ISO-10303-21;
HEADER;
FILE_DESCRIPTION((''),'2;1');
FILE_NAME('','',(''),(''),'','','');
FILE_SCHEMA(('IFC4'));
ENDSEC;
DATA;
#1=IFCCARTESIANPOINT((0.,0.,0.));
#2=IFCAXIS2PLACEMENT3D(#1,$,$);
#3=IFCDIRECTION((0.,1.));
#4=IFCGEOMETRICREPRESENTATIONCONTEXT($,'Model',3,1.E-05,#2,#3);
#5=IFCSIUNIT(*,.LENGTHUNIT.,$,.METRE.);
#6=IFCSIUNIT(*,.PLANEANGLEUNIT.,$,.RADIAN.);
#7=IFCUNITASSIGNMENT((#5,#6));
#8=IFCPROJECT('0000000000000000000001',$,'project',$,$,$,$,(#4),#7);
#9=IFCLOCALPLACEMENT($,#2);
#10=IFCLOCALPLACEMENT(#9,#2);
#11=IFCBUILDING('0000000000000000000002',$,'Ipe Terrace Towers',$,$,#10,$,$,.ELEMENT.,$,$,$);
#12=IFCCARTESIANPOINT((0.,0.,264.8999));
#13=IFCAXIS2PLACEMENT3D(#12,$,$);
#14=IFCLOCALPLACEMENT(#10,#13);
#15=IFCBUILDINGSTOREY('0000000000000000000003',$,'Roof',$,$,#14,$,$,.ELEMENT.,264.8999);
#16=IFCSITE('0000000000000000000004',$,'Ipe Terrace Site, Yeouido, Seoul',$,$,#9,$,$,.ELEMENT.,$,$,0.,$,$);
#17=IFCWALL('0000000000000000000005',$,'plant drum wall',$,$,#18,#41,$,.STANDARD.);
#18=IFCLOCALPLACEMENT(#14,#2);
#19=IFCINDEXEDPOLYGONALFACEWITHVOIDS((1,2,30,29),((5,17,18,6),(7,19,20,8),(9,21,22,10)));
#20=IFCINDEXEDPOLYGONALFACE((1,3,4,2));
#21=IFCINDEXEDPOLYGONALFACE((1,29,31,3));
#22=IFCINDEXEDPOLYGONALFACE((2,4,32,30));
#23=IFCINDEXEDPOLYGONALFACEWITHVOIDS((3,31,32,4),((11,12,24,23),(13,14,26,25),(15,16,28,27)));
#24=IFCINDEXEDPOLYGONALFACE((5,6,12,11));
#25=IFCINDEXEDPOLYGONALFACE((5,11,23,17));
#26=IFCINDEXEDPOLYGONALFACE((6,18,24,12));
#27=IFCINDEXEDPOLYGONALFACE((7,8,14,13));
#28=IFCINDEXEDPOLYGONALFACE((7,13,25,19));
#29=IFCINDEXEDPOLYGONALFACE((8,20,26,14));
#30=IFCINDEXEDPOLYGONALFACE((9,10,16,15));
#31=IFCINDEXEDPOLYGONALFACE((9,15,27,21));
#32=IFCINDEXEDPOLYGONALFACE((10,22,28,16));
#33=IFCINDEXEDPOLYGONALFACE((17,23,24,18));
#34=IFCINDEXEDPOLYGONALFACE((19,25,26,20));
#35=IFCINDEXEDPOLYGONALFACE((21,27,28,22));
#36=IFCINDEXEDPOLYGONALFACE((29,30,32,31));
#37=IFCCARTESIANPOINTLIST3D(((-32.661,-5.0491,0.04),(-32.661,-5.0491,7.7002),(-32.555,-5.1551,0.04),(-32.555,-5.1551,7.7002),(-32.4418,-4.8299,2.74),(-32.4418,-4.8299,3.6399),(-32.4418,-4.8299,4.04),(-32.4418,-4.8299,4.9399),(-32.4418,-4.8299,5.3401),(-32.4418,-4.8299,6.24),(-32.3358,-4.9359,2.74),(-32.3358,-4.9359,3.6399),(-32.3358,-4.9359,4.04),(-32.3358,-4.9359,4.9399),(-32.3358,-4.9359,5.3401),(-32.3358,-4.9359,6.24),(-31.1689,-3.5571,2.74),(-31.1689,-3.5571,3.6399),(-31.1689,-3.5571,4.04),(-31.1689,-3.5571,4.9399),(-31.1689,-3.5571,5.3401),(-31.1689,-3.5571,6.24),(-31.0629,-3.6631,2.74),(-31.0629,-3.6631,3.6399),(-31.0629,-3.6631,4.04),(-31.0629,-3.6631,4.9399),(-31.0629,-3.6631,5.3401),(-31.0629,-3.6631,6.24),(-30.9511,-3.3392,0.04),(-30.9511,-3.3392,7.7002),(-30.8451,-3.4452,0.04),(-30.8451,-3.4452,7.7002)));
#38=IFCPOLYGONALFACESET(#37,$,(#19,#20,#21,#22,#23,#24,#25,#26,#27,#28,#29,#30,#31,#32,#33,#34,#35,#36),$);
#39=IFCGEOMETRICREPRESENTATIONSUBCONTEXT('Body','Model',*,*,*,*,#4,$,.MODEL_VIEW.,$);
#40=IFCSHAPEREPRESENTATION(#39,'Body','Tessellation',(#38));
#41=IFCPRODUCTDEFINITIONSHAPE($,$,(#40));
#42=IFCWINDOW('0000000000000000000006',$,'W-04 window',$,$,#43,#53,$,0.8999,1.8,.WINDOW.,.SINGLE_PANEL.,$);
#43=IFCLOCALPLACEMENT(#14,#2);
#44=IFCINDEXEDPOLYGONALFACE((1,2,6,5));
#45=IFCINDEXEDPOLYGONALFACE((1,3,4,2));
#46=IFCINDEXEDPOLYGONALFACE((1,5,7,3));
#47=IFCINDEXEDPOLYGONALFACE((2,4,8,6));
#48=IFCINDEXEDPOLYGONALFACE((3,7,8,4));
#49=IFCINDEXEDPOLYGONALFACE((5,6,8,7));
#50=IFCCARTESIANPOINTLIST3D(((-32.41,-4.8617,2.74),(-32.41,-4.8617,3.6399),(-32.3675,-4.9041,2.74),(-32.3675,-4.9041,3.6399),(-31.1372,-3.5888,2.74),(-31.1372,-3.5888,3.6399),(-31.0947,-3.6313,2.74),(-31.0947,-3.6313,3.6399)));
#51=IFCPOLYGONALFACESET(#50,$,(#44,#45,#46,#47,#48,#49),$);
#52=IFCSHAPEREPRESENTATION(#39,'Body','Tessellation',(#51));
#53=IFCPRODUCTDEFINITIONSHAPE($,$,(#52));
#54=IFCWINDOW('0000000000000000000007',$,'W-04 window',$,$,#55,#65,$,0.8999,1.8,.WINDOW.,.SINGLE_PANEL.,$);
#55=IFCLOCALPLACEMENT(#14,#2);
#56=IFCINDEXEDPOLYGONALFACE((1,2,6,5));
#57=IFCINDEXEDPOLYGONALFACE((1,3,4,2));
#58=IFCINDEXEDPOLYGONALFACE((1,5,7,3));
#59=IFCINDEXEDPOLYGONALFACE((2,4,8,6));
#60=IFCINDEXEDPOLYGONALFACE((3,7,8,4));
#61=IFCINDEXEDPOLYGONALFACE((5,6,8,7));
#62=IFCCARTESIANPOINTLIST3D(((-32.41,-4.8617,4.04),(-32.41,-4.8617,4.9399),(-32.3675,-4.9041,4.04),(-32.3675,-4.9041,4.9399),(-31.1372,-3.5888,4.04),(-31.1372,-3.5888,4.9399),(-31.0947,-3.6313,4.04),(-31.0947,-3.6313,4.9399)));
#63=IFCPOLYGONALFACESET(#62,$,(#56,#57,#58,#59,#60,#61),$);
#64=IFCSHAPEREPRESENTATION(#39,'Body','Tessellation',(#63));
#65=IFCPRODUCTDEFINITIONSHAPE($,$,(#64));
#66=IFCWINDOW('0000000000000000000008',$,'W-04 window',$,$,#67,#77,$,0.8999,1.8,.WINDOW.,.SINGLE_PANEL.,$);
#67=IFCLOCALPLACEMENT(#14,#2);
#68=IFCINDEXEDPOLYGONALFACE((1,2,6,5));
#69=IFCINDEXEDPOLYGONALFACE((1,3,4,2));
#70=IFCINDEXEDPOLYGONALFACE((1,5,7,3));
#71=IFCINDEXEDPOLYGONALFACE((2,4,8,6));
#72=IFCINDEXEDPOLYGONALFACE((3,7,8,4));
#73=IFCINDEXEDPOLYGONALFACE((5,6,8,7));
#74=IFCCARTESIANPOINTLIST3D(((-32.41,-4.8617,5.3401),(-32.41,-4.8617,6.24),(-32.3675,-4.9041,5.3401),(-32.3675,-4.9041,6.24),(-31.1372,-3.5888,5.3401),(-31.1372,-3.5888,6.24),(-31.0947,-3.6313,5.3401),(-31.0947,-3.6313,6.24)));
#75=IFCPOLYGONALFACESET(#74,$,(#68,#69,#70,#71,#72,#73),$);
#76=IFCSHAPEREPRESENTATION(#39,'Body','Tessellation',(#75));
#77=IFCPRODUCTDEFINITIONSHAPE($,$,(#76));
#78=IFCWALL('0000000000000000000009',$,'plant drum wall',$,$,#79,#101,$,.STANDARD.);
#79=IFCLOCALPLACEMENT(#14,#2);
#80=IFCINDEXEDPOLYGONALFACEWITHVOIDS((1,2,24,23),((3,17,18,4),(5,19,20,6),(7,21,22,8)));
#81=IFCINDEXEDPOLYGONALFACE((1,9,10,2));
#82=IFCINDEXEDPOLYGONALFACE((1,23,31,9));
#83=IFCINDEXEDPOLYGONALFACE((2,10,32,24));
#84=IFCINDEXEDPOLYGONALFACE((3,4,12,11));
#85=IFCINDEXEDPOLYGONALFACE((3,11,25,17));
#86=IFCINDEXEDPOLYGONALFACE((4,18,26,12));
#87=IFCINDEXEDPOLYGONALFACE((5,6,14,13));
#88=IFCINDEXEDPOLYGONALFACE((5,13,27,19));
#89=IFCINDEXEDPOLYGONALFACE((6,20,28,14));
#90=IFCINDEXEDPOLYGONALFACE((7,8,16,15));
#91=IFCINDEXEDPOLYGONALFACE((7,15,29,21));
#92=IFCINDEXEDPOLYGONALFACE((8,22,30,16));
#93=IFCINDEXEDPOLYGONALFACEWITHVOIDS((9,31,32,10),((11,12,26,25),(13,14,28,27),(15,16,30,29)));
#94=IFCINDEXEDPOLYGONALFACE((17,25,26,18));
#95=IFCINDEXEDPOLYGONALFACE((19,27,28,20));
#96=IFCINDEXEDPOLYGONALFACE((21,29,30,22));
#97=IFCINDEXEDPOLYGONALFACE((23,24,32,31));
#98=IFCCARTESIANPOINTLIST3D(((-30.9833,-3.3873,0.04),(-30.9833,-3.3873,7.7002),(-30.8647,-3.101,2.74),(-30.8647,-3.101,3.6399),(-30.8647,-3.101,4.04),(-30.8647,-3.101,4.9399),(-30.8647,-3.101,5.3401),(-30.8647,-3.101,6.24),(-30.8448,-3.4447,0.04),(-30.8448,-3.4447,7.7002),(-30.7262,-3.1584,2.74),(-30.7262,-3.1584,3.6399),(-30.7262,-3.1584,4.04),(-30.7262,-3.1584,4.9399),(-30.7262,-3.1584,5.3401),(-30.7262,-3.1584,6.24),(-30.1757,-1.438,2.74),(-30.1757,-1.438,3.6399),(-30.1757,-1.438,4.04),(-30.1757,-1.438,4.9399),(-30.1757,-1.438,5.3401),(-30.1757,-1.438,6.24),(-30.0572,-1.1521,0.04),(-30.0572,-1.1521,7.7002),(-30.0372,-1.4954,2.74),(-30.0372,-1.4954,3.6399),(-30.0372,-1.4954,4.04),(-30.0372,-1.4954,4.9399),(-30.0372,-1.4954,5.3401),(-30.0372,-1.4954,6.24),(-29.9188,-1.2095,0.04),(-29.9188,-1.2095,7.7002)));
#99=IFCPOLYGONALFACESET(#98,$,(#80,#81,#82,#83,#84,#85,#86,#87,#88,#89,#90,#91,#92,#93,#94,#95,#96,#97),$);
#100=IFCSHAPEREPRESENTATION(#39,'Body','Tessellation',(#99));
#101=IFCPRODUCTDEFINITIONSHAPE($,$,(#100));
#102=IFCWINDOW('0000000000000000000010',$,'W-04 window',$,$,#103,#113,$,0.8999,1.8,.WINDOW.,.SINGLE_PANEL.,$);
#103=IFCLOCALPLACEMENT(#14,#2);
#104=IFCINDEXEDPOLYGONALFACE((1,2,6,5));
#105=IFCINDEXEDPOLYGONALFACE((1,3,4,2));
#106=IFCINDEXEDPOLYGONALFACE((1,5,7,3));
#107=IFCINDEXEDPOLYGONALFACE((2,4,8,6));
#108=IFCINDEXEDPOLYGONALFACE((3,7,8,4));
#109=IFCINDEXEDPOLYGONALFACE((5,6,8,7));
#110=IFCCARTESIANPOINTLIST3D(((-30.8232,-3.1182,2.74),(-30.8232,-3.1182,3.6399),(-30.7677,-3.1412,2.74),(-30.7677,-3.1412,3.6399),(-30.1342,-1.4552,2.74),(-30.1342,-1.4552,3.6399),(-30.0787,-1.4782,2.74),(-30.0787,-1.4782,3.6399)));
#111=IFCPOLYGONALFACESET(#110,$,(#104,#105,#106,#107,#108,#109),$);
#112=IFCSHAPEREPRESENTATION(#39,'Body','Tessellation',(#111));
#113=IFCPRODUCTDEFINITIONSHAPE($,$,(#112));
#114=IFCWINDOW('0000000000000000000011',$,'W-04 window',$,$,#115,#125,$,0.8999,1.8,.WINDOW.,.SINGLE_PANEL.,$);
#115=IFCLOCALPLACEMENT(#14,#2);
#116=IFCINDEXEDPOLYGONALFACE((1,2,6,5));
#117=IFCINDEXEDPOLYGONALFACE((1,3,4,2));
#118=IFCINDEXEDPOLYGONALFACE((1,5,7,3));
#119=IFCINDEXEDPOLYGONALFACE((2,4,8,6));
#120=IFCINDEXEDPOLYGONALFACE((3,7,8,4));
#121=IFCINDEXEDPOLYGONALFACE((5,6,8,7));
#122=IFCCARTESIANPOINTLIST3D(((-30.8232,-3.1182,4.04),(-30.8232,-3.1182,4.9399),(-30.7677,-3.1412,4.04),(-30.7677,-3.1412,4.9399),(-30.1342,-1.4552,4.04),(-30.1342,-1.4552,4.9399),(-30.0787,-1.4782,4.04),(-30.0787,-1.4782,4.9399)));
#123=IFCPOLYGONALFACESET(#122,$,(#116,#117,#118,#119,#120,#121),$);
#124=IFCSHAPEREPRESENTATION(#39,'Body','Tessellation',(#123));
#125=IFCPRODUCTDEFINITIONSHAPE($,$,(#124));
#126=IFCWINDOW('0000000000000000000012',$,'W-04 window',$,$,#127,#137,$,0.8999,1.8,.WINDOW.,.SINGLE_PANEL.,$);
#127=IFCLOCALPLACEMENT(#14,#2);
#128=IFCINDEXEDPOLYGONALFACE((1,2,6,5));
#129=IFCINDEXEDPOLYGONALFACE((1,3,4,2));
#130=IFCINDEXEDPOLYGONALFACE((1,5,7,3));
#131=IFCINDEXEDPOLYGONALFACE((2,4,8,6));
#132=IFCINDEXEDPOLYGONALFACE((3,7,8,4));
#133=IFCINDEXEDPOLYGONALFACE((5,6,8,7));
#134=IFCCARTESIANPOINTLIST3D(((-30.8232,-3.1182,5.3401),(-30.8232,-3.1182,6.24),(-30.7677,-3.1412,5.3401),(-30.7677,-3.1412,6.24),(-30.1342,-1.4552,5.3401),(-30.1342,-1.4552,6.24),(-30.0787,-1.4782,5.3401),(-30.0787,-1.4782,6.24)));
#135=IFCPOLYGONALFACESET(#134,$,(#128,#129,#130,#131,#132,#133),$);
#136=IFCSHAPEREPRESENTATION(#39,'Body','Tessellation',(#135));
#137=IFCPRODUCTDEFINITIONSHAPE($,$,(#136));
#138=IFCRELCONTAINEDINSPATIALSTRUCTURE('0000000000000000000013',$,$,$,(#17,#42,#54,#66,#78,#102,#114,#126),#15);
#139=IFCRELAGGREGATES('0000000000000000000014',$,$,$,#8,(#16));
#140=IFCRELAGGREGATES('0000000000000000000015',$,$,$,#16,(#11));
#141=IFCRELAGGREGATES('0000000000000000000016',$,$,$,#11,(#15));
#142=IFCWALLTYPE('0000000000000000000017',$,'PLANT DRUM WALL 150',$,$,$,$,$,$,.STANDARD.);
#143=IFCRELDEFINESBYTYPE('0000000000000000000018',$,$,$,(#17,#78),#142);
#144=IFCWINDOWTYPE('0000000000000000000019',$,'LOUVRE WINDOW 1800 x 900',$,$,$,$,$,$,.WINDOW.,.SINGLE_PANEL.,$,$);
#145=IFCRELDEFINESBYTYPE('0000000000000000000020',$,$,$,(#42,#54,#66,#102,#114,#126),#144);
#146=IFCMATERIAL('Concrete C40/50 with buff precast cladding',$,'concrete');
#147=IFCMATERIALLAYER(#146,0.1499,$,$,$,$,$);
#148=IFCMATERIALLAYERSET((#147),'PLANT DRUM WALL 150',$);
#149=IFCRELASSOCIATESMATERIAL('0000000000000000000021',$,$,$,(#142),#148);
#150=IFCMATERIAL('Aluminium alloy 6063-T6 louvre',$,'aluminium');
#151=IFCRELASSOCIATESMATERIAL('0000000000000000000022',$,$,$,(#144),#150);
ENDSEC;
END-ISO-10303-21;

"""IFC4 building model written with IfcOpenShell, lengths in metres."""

from ifc_helpers import new_model, si_unit, direction, frame, frame_2d, origin, place, context, subcontext, project, spatial, rectangle, extrude, material, layer, layer_set, type_object, element, fill, save


model = new_model("IFC4")

# Units and contexts
model_context = context("Model", 3, precision=1e-05, world=origin(), true_north=direction((0.0, 1.0)))
body_context = subcontext(model_context, "Body", "Model", "MODEL_VIEW")
ifc_project = project(units=[si_unit("LENGTHUNIT", "METRE"), si_unit("PLANEANGLEUNIT", "RADIAN")], contexts=[model_context])

# Site, building, storey
site_placement = place(None, origin())
site = spatial("IfcSite", under=ifc_project, at=site_placement, Name="Ipe Terrace Site, Yeouido, Seoul", CompositionType="ELEMENT", RefElevation=0.0)
building_placement = place(site_placement, origin())
building = spatial("IfcBuilding", under=site, at=building_placement, Name="Ipe Terrace Towers", CompositionType="ELEMENT")
storey_placement = place(building_placement, frame((0.0, 0.0, 264.8999)))
storey = spatial("IfcBuildingStorey", under=building, at=storey_placement, Name="Roof", CompositionType="ELEMENT", Elevation=264.8999)

# Walls, openings, windows
ifc_material_1 = material(Name="Concrete C40/50 with buff precast cladding", Category="concrete")
ifc_layer_1 = layer(ifc_material_1, 0.1499)
ifc_layer_set_1 = layer_set([ifc_layer_1], Name="PLANT DRUM WALL 150")
wall_type = type_object("IfcWallType", Name="PLANT DRUM WALL 150", PredefinedType="STANDARD", material=ifc_layer_set_1)
ifc_material_2 = material(Name="Aluminium alloy 6063-T6 louvre", Category="aluminium")
window_type = type_object("IfcWindowType", Name="LOUVRE WINDOW 1800 x 900", PartitioningType="SINGLE_PANEL", PredefinedType="WINDOW", material=ifc_material_2)
wall_1_placement = place(storey_placement, frame((-32.6079, -5.1021, 0.04), z_axis=(0.0, 0.0, 1.0), x_axis=(0.707107, 0.707107, 0.0)))
wall_1 = element("IfcWall", 1, at=wall_1_placement, inside=storey, type_object=wall_type, Name="plant drum wall", PredefinedType="STANDARD", context=body_context, shape_type="SweptSolid", body=[
    extrude(rectangle(XDim=2.4182, YDim=0.1499, at=frame_2d((1.209, 0.0))), origin(), (0.0, 0.0, 1.0), 7.6602),
])
opening_1_placement = place(wall_1_placement, frame((0.3101, 0.0, 2.7)))
opening_1 = element("IfcOpeningElement", 2, at=opening_1_placement, cuts=wall_1, PredefinedType="OPENING", context=body_context, shape_type="SweptSolid", body=[
    extrude(rectangle(XDim=1.8, YDim=0.8999, at=frame_2d((0.8999, 0.45))), frame((0.0, 0.085, 0.0), z_axis=(0.0, -1.0, 0.0), x_axis=(1.0, 0.0, 0.0)), (0.0, 0.0, 1.0), 0.1699),
])
opening_2_placement = place(wall_1_placement, frame((0.3101, 0.0, 4.0)))
opening_2 = element("IfcOpeningElement", 3, at=opening_2_placement, cuts=wall_1, PredefinedType="OPENING", context=body_context, shape_type="SweptSolid", body=[
    extrude(rectangle(XDim=1.8, YDim=0.8999, at=frame_2d((0.8999, 0.45))), frame((0.0, 0.085, 0.0), z_axis=(0.0, -1.0, 0.0), x_axis=(1.0, 0.0, 0.0)), (0.0, 0.0, 1.0), 0.1699),
])
opening_3_placement = place(wall_1_placement, frame((0.3101, 0.0, 5.3)))
opening_3 = element("IfcOpeningElement", 4, at=opening_3_placement, cuts=wall_1, PredefinedType="OPENING", context=body_context, shape_type="SweptSolid", body=[
    extrude(rectangle(XDim=1.8, YDim=0.8999, at=frame_2d((0.8999, 0.45))), frame((0.0, 0.085, 0.0), z_axis=(0.0, -1.0, 0.0), x_axis=(1.0, 0.0, 0.0)), (0.0, 0.0, 1.0), 0.1699),
])
window_1_placement = place(opening_1_placement, origin())
window_1 = element("IfcWindow", 5, at=window_1_placement, inside=storey, type_object=window_type, Name="W-04 window", OverallHeight=0.8999, OverallWidth=1.8, PartitioningType="SINGLE_PANEL", PredefinedType="WINDOW", context=body_context, shape_type="SweptSolid", body=[
    extrude(rectangle(XDim=1.8, YDim=0.8999, at=frame_2d((0.8999, 0.45))), frame((0.0, 0.03, 0.0), z_axis=(0.0, -1.0, 0.0), x_axis=(1.0, 0.0, 0.0)), (0.0, 0.0, 1.0), 0.0601),
])
fill(opening_1, window_1)
window_2_placement = place(opening_2_placement, origin())
window_2 = element("IfcWindow", 6, at=window_2_placement, inside=storey, type_object=window_type, Name="W-04 window", OverallHeight=0.8999, OverallWidth=1.8, PartitioningType="SINGLE_PANEL", PredefinedType="WINDOW", context=body_context, shape_type="SweptSolid", body=[
    extrude(rectangle(XDim=1.8, YDim=0.8999, at=frame_2d((0.8999, 0.45))), frame((0.0, 0.03, 0.0), z_axis=(0.0, -1.0, 0.0), x_axis=(1.0, 0.0, 0.0)), (0.0, 0.0, 1.0), 0.0601),
])
fill(opening_2, window_2)
window_3_placement = place(opening_3_placement, origin())
window_3 = element("IfcWindow", 7, at=window_3_placement, inside=storey, type_object=window_type, Name="W-04 window", OverallHeight=0.8999, OverallWidth=1.8, PartitioningType="SINGLE_PANEL", PredefinedType="WINDOW", context=body_context, shape_type="SweptSolid", body=[
    extrude(rectangle(XDim=1.8, YDim=0.8999, at=frame_2d((0.8999, 0.45))), frame((0.0, 0.03, 0.0), z_axis=(0.0, -1.0, 0.0), x_axis=(1.0, 0.0, 0.0)), (0.0, 0.0, 1.0), 0.0601),
])
fill(opening_3, window_3)
wall_2_placement = place(storey_placement, frame((-30.9141, -3.416, 0.04), z_axis=(0.0, 0.0, 1.0), x_axis=(0.382759, 0.923848, 0.0)))
wall_2 = element("IfcWall", 8, at=wall_2_placement, inside=storey, type_object=wall_type, Name="plant drum wall", PredefinedType="STANDARD", context=body_context, shape_type="SweptSolid", body=[
    extrude(rectangle(XDim=2.4194, YDim=0.1499, at=frame_2d((1.2097, 0.0))), origin(), (0.0, 0.0, 1.0), 7.6602),
])
opening_4_placement = place(wall_2_placement, frame((0.3101, 0.0, 2.7)))
opening_4 = element("IfcOpeningElement", 9, at=opening_4_placement, cuts=wall_2, PredefinedType="OPENING", context=body_context, shape_type="SweptSolid", body=[
    extrude(rectangle(XDim=1.8, YDim=0.8999, at=frame_2d((0.8999, 0.45))), frame((0.0, 0.085, 0.0), z_axis=(0.0, -1.0, 0.0), x_axis=(1.0, 0.0, 0.0)), (0.0, 0.0, 1.0), 0.1699),
])
opening_5_placement = place(wall_2_placement, frame((0.3101, 0.0, 4.0)))
opening_5 = element("IfcOpeningElement", 10, at=opening_5_placement, cuts=wall_2, PredefinedType="OPENING", context=body_context, shape_type="SweptSolid", body=[
    extrude(rectangle(XDim=1.8, YDim=0.8999, at=frame_2d((0.8999, 0.45))), frame((0.0, 0.085, 0.0), z_axis=(0.0, -1.0, 0.0), x_axis=(1.0, 0.0, 0.0)), (0.0, 0.0, 1.0), 0.1699),
])
opening_6_placement = place(wall_2_placement, frame((0.3101, 0.0, 5.3)))
opening_6 = element("IfcOpeningElement", 11, at=opening_6_placement, cuts=wall_2, PredefinedType="OPENING", context=body_context, shape_type="SweptSolid", body=[
    extrude(rectangle(XDim=1.8, YDim=0.8999, at=frame_2d((0.8999, 0.45))), frame((0.0, 0.085, 0.0), z_axis=(0.0, -1.0, 0.0), x_axis=(1.0, 0.0, 0.0)), (0.0, 0.0, 1.0), 0.1699),
])
window_4_placement = place(opening_4_placement, origin())
window_4 = element("IfcWindow", 12, at=window_4_placement, inside=storey, type_object=window_type, Name="W-04 window", OverallHeight=0.8999, OverallWidth=1.8, PartitioningType="SINGLE_PANEL", PredefinedType="WINDOW", context=body_context, shape_type="SweptSolid", body=[
    extrude(rectangle(XDim=1.8, YDim=0.8999, at=frame_2d((0.8999, 0.45))), frame((0.0, 0.03, 0.0), z_axis=(0.0, -1.0, 0.0), x_axis=(1.0, 0.0, 0.0)), (0.0, 0.0, 1.0), 0.0601),
])
fill(opening_4, window_4)
window_5_placement = place(opening_5_placement, origin())
window_5 = element("IfcWindow", 13, at=window_5_placement, inside=storey, type_object=window_type, Name="W-04 window", OverallHeight=0.8999, OverallWidth=1.8, PartitioningType="SINGLE_PANEL", PredefinedType="WINDOW", context=body_context, shape_type="SweptSolid", body=[
    extrude(rectangle(XDim=1.8, YDim=0.8999, at=frame_2d((0.8999, 0.45))), frame((0.0, 0.03, 0.0), z_axis=(0.0, -1.0, 0.0), x_axis=(1.0, 0.0, 0.0)), (0.0, 0.0, 1.0), 0.0601),
])
fill(opening_5, window_5)
window_6_placement = place(opening_6_placement, origin())
window_6 = element("IfcWindow", 14, at=window_6_placement, inside=storey, type_object=window_type, Name="W-04 window", OverallHeight=0.8999, OverallWidth=1.8, PartitioningType="SINGLE_PANEL", PredefinedType="WINDOW", context=body_context, shape_type="SweptSolid", body=[
    extrude(rectangle(XDim=1.8, YDim=0.8999, at=frame_2d((0.8999, 0.45))), frame((0.0, 0.03, 0.0), z_axis=(0.0, -1.0, 0.0), x_axis=(1.0, 0.0, 0.0)), (0.0, 0.0, 1.0), 0.0601),
])
fill(opening_6, window_6)

save(model, "model.ifc")
